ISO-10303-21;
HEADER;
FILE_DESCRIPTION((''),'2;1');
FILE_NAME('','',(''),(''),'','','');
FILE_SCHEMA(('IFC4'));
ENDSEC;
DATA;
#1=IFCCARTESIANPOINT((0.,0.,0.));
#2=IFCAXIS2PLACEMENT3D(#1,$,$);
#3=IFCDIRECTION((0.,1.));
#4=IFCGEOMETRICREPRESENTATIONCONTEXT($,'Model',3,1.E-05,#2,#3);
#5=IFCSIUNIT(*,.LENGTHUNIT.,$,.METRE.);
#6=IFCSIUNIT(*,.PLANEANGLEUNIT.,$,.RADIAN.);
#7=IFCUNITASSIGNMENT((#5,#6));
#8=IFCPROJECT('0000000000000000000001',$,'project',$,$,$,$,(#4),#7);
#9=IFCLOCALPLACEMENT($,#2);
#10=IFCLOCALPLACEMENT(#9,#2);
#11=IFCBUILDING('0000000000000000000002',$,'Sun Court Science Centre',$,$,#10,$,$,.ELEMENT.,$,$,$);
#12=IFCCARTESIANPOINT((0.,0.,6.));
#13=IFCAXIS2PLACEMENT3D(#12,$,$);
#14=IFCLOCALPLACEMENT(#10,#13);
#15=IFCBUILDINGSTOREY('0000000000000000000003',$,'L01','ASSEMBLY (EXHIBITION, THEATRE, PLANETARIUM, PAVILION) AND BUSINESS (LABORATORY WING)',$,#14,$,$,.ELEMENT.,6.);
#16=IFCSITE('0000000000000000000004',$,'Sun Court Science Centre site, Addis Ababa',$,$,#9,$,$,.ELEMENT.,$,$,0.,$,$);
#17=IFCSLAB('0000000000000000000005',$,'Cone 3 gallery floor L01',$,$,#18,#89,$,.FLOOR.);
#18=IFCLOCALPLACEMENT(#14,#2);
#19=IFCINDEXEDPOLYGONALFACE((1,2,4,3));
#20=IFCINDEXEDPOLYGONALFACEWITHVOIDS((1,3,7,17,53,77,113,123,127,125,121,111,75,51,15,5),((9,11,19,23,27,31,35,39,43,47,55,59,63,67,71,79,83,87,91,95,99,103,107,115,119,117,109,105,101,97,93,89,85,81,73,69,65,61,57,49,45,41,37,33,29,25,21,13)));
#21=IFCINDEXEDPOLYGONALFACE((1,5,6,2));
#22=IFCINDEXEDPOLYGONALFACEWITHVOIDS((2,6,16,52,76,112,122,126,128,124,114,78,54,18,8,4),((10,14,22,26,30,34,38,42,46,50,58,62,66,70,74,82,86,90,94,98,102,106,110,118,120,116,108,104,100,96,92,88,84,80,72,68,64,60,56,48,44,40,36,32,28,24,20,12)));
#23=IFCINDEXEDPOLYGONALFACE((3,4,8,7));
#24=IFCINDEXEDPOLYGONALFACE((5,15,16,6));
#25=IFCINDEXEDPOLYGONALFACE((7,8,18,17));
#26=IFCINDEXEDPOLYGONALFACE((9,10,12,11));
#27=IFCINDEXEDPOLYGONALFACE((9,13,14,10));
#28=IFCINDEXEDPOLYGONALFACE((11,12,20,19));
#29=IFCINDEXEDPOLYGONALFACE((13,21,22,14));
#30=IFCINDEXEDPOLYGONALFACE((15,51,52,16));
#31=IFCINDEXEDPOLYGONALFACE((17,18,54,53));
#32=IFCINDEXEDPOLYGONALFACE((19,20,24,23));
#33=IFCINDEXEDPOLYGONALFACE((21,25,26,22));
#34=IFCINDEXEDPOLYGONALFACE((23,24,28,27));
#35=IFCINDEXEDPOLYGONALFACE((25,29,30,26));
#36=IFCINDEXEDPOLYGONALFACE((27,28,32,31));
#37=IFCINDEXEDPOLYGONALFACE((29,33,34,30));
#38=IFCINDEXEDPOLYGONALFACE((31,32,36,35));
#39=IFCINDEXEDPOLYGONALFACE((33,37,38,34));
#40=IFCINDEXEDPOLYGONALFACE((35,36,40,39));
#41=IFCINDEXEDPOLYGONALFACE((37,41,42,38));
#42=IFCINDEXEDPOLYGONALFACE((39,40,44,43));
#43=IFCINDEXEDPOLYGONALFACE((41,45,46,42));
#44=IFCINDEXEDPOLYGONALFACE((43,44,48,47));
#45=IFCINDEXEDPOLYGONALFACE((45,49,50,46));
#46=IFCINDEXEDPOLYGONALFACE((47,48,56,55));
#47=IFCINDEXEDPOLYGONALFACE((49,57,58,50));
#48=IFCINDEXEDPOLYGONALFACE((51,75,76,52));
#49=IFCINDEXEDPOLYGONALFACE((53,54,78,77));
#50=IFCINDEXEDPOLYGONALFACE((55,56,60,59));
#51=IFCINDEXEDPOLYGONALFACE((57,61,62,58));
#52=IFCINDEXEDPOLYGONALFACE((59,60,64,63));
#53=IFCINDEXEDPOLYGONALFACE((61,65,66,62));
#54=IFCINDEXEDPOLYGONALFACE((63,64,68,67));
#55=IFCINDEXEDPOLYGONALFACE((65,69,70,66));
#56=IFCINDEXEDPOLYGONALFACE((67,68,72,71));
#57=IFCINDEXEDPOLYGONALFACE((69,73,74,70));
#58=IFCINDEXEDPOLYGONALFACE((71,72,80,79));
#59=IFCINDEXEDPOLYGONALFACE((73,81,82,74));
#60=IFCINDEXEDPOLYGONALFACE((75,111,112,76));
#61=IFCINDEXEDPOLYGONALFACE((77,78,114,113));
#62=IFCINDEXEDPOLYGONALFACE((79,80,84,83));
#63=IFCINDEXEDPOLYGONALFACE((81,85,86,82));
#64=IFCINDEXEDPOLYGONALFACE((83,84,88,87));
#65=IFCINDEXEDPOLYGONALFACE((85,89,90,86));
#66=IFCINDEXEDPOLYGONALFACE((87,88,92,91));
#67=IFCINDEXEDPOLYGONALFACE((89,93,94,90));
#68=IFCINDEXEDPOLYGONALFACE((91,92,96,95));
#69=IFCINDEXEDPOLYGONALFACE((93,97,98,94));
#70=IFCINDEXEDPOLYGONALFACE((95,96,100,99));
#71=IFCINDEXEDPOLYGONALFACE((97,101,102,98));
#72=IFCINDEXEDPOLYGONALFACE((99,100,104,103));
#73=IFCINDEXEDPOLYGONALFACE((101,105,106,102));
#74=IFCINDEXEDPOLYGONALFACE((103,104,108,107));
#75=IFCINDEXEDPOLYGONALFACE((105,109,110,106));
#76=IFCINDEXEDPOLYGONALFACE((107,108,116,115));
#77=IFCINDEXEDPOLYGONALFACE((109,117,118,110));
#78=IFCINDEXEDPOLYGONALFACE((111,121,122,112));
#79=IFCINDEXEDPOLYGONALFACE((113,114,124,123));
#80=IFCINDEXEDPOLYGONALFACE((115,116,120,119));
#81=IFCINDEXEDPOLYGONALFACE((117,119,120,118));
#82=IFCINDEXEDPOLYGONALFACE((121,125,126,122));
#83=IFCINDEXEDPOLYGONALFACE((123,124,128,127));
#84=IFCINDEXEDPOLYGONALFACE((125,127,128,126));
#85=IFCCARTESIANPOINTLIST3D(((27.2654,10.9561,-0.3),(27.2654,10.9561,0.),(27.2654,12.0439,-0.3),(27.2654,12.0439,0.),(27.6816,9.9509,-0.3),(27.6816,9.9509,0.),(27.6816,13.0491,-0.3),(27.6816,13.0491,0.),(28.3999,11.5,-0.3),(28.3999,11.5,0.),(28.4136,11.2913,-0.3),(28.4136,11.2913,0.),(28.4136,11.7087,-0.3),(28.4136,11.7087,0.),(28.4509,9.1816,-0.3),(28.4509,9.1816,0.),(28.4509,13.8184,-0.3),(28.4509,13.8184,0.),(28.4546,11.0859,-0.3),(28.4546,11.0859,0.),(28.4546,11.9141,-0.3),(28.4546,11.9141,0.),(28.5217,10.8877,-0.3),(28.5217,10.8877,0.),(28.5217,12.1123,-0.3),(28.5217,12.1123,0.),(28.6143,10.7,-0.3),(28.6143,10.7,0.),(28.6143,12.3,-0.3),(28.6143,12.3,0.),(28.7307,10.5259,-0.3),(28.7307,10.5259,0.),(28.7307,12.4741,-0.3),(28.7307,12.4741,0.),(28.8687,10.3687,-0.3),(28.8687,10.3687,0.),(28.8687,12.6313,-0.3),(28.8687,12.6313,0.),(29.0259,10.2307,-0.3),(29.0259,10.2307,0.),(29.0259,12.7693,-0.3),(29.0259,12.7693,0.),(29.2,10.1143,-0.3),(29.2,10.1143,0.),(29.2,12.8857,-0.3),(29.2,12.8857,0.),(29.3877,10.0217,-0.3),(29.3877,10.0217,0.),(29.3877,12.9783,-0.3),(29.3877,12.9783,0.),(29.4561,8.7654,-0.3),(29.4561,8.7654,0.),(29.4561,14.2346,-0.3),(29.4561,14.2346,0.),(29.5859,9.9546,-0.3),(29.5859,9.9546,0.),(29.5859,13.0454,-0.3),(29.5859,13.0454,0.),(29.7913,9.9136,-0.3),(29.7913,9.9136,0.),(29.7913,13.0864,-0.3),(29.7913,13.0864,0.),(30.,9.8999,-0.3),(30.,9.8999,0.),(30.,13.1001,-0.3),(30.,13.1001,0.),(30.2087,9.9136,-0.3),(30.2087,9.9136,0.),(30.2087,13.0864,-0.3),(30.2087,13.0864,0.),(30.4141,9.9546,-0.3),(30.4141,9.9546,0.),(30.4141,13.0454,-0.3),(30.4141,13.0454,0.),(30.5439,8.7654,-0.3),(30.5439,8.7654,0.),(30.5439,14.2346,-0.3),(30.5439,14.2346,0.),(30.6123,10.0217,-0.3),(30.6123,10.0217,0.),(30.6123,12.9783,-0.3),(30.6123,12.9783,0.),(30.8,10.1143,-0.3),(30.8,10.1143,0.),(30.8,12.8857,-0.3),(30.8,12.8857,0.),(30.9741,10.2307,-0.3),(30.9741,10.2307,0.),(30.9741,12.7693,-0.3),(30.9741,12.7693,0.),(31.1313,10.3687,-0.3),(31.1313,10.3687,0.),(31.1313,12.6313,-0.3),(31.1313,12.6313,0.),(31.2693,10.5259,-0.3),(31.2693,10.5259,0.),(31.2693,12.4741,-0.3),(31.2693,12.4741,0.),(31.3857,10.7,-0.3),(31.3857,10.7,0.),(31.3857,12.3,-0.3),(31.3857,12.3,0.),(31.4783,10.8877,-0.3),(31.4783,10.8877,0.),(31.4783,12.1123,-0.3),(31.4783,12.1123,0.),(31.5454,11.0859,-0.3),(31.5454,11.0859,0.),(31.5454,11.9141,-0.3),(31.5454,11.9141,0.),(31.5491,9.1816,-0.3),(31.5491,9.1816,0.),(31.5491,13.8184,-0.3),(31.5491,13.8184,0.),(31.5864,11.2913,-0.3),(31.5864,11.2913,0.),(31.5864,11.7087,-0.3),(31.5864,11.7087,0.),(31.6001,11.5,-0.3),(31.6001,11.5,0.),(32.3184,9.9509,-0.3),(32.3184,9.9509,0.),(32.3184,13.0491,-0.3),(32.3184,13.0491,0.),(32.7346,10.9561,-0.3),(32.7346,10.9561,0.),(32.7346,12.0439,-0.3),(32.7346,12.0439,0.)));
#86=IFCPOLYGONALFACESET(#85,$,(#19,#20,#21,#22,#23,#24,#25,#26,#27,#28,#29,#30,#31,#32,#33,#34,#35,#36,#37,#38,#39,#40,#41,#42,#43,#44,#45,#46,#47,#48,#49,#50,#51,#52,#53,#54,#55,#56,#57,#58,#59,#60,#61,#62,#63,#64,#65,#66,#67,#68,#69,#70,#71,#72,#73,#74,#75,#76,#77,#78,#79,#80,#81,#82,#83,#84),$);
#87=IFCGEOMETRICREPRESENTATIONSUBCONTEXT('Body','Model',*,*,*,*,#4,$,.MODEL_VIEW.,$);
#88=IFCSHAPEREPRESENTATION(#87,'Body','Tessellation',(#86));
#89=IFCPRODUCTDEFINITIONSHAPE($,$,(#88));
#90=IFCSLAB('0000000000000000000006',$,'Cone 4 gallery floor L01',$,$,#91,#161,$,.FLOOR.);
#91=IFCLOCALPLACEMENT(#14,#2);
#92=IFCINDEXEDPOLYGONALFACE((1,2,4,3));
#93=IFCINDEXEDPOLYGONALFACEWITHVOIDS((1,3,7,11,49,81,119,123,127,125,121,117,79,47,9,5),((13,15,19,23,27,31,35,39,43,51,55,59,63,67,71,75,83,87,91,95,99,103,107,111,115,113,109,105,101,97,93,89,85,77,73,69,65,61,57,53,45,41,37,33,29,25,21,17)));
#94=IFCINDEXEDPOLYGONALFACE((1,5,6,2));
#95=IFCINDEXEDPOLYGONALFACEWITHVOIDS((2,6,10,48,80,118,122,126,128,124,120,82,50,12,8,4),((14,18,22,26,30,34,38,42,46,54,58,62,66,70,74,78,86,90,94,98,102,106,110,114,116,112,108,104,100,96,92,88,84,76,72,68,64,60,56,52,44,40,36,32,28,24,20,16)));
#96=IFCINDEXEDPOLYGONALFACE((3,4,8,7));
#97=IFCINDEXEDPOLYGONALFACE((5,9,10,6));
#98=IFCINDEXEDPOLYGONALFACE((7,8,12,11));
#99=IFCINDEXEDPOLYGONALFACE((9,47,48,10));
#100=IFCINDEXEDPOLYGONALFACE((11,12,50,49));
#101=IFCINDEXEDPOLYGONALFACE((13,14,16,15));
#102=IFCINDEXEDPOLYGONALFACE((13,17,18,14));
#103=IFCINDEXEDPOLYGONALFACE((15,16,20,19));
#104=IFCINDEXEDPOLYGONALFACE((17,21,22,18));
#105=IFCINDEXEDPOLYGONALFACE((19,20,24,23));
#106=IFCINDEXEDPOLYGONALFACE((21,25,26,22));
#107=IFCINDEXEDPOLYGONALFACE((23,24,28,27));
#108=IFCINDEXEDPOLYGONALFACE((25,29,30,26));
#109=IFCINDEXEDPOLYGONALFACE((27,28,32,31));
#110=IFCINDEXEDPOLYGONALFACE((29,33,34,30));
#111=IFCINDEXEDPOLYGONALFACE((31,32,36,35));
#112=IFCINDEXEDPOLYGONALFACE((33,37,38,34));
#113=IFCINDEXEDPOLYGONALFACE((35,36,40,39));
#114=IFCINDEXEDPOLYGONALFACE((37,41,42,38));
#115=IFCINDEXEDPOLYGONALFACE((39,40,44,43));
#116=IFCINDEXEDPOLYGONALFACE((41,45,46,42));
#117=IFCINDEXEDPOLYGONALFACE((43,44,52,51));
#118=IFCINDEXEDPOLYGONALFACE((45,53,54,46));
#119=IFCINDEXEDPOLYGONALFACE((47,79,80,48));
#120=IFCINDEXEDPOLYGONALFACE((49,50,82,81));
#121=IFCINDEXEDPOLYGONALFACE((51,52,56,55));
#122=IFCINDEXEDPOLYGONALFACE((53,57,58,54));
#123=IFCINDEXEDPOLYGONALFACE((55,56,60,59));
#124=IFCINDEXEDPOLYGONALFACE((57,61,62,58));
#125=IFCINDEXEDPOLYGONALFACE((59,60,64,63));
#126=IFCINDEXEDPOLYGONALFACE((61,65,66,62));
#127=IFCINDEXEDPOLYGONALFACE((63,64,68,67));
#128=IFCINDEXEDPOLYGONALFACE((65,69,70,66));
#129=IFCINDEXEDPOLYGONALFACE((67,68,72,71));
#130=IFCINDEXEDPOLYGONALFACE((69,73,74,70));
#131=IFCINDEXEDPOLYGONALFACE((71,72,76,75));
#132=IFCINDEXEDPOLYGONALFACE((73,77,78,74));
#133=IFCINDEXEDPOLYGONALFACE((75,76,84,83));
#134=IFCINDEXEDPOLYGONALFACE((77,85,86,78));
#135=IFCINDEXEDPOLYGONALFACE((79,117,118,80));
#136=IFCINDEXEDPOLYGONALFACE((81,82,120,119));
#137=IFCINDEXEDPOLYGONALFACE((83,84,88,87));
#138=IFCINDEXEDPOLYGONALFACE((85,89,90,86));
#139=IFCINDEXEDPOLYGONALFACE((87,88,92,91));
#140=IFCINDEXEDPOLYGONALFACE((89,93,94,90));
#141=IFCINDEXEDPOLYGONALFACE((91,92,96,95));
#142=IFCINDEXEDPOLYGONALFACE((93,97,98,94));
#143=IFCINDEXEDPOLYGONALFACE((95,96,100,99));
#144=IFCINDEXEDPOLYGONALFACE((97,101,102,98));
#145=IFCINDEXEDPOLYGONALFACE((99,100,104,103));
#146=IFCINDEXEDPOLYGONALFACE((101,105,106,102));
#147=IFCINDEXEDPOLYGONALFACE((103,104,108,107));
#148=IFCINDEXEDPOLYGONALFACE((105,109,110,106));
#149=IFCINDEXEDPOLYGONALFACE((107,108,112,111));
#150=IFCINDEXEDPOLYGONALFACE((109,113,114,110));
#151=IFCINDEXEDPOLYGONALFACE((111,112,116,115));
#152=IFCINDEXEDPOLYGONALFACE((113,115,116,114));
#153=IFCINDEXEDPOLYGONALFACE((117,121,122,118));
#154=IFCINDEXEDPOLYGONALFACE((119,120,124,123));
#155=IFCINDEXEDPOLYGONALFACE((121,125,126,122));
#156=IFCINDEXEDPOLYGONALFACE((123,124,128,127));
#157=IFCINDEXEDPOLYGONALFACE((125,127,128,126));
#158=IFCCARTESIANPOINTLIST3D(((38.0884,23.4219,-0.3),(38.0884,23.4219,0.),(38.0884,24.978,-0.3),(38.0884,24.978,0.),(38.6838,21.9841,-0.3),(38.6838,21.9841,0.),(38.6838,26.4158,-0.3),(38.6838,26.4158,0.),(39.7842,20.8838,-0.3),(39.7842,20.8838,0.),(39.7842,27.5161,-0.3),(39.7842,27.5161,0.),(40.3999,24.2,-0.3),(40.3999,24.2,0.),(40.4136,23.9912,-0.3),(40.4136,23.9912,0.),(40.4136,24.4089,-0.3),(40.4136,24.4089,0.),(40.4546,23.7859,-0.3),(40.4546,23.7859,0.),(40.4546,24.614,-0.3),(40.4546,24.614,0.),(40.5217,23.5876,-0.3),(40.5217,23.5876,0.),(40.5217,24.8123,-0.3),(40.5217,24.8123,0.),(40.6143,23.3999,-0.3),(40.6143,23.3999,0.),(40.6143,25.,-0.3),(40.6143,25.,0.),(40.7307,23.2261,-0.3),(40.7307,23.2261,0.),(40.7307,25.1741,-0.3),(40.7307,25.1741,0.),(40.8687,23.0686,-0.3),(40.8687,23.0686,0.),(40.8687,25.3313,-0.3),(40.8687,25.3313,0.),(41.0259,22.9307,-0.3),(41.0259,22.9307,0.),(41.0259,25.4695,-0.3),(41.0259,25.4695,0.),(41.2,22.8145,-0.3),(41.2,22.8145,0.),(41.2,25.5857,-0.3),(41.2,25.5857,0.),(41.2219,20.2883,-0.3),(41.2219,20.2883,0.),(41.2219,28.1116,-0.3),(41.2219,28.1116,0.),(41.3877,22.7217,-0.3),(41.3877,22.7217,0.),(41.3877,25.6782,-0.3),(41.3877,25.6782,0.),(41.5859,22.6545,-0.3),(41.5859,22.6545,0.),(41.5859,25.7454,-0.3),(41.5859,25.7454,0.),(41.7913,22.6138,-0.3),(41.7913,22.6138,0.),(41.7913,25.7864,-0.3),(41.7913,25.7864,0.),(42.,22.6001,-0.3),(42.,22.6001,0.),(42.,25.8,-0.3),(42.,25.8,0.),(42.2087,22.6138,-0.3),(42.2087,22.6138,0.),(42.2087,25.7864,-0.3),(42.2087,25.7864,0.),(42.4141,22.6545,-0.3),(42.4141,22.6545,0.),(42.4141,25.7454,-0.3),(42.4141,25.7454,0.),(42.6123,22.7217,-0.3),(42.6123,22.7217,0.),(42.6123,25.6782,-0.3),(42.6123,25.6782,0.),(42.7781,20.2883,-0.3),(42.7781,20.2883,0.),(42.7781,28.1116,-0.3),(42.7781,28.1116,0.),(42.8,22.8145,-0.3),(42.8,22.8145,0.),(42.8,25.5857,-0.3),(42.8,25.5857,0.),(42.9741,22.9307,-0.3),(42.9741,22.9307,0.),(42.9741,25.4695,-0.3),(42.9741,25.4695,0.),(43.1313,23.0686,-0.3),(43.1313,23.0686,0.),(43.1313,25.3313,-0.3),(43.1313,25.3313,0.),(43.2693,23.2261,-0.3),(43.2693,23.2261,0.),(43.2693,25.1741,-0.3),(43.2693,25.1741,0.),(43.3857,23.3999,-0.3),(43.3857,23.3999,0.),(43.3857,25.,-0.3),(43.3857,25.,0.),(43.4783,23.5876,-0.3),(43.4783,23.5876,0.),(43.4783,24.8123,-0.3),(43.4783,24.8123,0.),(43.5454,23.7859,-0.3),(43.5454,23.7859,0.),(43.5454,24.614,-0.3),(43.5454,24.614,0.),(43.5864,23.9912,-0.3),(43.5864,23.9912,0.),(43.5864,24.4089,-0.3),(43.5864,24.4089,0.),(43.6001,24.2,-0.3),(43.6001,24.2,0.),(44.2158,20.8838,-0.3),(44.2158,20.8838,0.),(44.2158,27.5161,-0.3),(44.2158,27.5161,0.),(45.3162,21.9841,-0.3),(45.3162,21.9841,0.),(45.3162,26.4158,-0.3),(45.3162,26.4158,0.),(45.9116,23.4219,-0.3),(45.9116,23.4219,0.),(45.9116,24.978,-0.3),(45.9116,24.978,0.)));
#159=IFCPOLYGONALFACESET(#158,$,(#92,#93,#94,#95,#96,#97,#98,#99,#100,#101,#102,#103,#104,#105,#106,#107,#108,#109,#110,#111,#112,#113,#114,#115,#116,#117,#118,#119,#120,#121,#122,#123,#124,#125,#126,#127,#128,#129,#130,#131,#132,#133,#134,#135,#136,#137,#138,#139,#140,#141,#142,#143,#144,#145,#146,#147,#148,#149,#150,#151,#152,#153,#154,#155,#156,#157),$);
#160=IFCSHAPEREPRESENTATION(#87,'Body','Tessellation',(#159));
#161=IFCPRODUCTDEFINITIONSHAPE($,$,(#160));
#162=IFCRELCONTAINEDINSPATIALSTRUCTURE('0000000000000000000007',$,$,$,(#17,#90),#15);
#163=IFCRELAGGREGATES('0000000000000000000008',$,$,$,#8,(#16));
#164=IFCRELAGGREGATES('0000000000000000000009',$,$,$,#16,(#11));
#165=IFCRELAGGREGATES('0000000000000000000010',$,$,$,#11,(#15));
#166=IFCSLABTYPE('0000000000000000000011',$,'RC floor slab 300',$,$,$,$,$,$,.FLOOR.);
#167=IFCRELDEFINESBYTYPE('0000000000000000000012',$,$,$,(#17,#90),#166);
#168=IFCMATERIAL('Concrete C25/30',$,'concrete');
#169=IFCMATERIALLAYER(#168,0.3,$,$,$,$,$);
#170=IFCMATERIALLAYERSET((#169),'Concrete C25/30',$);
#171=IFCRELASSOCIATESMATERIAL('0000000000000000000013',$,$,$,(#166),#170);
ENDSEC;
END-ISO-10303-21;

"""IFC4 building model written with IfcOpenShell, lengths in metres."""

from ifc_helpers import new_model, si_unit, direction, frame, origin, place, context, subcontext, project, spatial, polyline, outline, extrude, material, layer, layer_set, type_object, element, save


model = new_model("IFC4")

# Units and contexts
model_context = context("Model", 3, precision=1e-05, world=origin(), true_north=direction((0.0, 1.0)))
body_context = subcontext(model_context, "Body", "Model", "MODEL_VIEW")
ifc_project = project(units=[si_unit("LENGTHUNIT", "METRE"), si_unit("PLANEANGLEUNIT", "RADIAN")], contexts=[model_context])

# Site, building, storey
site_placement = place(None, origin())
site = spatial("IfcSite", under=ifc_project, at=site_placement, Name="Sun Court Science Centre site, Addis Ababa", CompositionType="ELEMENT", RefElevation=0.0)
building_placement = place(site_placement, origin())
building = spatial("IfcBuilding", under=site, at=building_placement, Name="Sun Court Science Centre", CompositionType="ELEMENT")
storey_placement = place(building_placement, frame((0.0, 0.0, 6.0)))
storey = spatial("IfcBuildingStorey", under=building, at=storey_placement, Name="L01", Description="ASSEMBLY (EXHIBITION, THEATRE, PLANETARIUM, PAVILION) AND BUSINESS (LABORATORY WING)", CompositionType="ELEMENT", Elevation=6.0)

# Slabs
ifc_material_1 = material(Name="Concrete C25/30", Category="concrete")
ifc_layer_1 = layer(ifc_material_1, 0.3)
ifc_layer_set_1 = layer_set([ifc_layer_1], Name="Concrete C25/30")
slab_type = type_object("IfcSlabType", Name="RC floor slab 300", PredefinedType="FLOOR", material=ifc_layer_set_1)
slab_1_placement = place(storey_placement, frame((0.0, 0.0, -0.3)))
element("IfcSlab", 1, at=slab_1_placement, inside=storey, type_object=slab_type, Name="Cone 3 gallery floor L01", PredefinedType="FLOOR", context=body_context, shape_type="SweptSolid", body=[
    extrude(outline(polyline([(32.7346, 10.9561), (32.7346, 12.0439), (32.3184, 13.0491), (31.5491, 13.8184), (30.5439, 14.2346), (29.4561, 14.2346), (28.4509, 13.8184), (27.6816, 13.0491), (27.2654, 12.0439), (27.2654, 10.9561), (27.6816, 9.9509), (28.4509, 9.1816), (29.4561, 8.7654), (30.5439, 8.7654), (31.5491, 9.1816), (32.3184, 9.9509), (32.7346, 10.9561)]), holes=[polyline([(31.5864, 11.7087), (31.6001, 11.5), (31.5864, 11.2913), (31.5454, 11.0859), (31.4783, 10.8877), (31.3857, 10.7), (31.2693, 10.5259), (31.1313, 10.3687), (30.9741, 10.2307), (30.8, 10.1143), (30.6123, 10.0217), (30.4141, 9.9546), (30.2087, 9.9136), (30.0, 9.8999), (29.7913, 9.9136), (29.5859, 9.9546), (29.3877, 10.0217), (29.2, 10.1143), (29.0259, 10.2307), (28.8687, 10.3687), (28.7307, 10.5259), (28.6143, 10.7), (28.5217, 10.8877), (28.4546, 11.0859), (28.4136, 11.2913), (28.3999, 11.5), (28.4136, 11.7087), (28.4546, 11.9141), (28.5217, 12.1123), (28.6143, 12.3), (28.7307, 12.4741), (28.8687, 12.6313), (29.0259, 12.7693), (29.2, 12.8857), (29.3877, 12.9783), (29.5859, 13.0454), (29.7913, 13.0864), (30.0, 13.1001), (30.2087, 13.0864), (30.4141, 13.0454), (30.6123, 12.9783), (30.8, 12.8857), (30.9741, 12.7693), (31.1313, 12.6313), (31.2693, 12.4741), (31.3857, 12.3), (31.4783, 12.1123), (31.5454, 11.9141), (31.5864, 11.7087)])]), origin(), (0.0, 0.0, 1.0), 0.3),
])
slab_2_placement = place(storey_placement, frame((0.0, 0.0, -0.3)))
element("IfcSlab", 2, at=slab_2_placement, inside=storey, type_object=slab_type, Name="Cone 4 gallery floor L01", PredefinedType="FLOOR", context=body_context, shape_type="SweptSolid", body=[
    extrude(outline(polyline([(45.9116, 23.4219), (45.9116, 24.978), (45.3162, 26.4158), (44.2158, 27.5161), (42.7781, 28.1116), (41.2219, 28.1116), (39.7842, 27.5161), (38.6838, 26.4158), (38.0884, 24.978), (38.0884, 23.4219), (38.6838, 21.9841), (39.7842, 20.8838), (41.2219, 20.2883), (42.7781, 20.2883), (44.2158, 20.8838), (45.3162, 21.9841), (45.9116, 23.4219)]), holes=[polyline([(43.5864, 24.4089), (43.6001, 24.2), (43.5864, 23.9912), (43.5454, 23.7859), (43.4783, 23.5876), (43.3857, 23.3999), (43.2693, 23.2261), (43.1313, 23.0686), (42.9741, 22.9307), (42.8, 22.8145), (42.6123, 22.7217), (42.4141, 22.6545), (42.2087, 22.6138), (42.0, 22.6001), (41.7913, 22.6138), (41.5859, 22.6545), (41.3877, 22.7217), (41.2, 22.8145), (41.0259, 22.9307), (40.8687, 23.0686), (40.7307, 23.2261), (40.6143, 23.3999), (40.5217, 23.5876), (40.4546, 23.7859), (40.4136, 23.9912), (40.3999, 24.2), (40.4136, 24.4089), (40.4546, 24.614), (40.5217, 24.8123), (40.6143, 25.0), (40.7307, 25.1741), (40.8687, 25.3313), (41.0259, 25.4695), (41.2, 25.5857), (41.3877, 25.6782), (41.5859, 25.7454), (41.7913, 25.7864), (42.0, 25.8), (42.2087, 25.7864), (42.4141, 25.7454), (42.6123, 25.6782), (42.8, 25.5857), (42.9741, 25.4695), (43.1313, 25.3313), (43.2693, 25.1741), (43.3857, 25.0), (43.4783, 24.8123), (43.5454, 24.614), (43.5864, 24.4089)])]), origin(), (0.0, 0.0, 1.0), 0.3),
])

save(model, "model.ifc")
